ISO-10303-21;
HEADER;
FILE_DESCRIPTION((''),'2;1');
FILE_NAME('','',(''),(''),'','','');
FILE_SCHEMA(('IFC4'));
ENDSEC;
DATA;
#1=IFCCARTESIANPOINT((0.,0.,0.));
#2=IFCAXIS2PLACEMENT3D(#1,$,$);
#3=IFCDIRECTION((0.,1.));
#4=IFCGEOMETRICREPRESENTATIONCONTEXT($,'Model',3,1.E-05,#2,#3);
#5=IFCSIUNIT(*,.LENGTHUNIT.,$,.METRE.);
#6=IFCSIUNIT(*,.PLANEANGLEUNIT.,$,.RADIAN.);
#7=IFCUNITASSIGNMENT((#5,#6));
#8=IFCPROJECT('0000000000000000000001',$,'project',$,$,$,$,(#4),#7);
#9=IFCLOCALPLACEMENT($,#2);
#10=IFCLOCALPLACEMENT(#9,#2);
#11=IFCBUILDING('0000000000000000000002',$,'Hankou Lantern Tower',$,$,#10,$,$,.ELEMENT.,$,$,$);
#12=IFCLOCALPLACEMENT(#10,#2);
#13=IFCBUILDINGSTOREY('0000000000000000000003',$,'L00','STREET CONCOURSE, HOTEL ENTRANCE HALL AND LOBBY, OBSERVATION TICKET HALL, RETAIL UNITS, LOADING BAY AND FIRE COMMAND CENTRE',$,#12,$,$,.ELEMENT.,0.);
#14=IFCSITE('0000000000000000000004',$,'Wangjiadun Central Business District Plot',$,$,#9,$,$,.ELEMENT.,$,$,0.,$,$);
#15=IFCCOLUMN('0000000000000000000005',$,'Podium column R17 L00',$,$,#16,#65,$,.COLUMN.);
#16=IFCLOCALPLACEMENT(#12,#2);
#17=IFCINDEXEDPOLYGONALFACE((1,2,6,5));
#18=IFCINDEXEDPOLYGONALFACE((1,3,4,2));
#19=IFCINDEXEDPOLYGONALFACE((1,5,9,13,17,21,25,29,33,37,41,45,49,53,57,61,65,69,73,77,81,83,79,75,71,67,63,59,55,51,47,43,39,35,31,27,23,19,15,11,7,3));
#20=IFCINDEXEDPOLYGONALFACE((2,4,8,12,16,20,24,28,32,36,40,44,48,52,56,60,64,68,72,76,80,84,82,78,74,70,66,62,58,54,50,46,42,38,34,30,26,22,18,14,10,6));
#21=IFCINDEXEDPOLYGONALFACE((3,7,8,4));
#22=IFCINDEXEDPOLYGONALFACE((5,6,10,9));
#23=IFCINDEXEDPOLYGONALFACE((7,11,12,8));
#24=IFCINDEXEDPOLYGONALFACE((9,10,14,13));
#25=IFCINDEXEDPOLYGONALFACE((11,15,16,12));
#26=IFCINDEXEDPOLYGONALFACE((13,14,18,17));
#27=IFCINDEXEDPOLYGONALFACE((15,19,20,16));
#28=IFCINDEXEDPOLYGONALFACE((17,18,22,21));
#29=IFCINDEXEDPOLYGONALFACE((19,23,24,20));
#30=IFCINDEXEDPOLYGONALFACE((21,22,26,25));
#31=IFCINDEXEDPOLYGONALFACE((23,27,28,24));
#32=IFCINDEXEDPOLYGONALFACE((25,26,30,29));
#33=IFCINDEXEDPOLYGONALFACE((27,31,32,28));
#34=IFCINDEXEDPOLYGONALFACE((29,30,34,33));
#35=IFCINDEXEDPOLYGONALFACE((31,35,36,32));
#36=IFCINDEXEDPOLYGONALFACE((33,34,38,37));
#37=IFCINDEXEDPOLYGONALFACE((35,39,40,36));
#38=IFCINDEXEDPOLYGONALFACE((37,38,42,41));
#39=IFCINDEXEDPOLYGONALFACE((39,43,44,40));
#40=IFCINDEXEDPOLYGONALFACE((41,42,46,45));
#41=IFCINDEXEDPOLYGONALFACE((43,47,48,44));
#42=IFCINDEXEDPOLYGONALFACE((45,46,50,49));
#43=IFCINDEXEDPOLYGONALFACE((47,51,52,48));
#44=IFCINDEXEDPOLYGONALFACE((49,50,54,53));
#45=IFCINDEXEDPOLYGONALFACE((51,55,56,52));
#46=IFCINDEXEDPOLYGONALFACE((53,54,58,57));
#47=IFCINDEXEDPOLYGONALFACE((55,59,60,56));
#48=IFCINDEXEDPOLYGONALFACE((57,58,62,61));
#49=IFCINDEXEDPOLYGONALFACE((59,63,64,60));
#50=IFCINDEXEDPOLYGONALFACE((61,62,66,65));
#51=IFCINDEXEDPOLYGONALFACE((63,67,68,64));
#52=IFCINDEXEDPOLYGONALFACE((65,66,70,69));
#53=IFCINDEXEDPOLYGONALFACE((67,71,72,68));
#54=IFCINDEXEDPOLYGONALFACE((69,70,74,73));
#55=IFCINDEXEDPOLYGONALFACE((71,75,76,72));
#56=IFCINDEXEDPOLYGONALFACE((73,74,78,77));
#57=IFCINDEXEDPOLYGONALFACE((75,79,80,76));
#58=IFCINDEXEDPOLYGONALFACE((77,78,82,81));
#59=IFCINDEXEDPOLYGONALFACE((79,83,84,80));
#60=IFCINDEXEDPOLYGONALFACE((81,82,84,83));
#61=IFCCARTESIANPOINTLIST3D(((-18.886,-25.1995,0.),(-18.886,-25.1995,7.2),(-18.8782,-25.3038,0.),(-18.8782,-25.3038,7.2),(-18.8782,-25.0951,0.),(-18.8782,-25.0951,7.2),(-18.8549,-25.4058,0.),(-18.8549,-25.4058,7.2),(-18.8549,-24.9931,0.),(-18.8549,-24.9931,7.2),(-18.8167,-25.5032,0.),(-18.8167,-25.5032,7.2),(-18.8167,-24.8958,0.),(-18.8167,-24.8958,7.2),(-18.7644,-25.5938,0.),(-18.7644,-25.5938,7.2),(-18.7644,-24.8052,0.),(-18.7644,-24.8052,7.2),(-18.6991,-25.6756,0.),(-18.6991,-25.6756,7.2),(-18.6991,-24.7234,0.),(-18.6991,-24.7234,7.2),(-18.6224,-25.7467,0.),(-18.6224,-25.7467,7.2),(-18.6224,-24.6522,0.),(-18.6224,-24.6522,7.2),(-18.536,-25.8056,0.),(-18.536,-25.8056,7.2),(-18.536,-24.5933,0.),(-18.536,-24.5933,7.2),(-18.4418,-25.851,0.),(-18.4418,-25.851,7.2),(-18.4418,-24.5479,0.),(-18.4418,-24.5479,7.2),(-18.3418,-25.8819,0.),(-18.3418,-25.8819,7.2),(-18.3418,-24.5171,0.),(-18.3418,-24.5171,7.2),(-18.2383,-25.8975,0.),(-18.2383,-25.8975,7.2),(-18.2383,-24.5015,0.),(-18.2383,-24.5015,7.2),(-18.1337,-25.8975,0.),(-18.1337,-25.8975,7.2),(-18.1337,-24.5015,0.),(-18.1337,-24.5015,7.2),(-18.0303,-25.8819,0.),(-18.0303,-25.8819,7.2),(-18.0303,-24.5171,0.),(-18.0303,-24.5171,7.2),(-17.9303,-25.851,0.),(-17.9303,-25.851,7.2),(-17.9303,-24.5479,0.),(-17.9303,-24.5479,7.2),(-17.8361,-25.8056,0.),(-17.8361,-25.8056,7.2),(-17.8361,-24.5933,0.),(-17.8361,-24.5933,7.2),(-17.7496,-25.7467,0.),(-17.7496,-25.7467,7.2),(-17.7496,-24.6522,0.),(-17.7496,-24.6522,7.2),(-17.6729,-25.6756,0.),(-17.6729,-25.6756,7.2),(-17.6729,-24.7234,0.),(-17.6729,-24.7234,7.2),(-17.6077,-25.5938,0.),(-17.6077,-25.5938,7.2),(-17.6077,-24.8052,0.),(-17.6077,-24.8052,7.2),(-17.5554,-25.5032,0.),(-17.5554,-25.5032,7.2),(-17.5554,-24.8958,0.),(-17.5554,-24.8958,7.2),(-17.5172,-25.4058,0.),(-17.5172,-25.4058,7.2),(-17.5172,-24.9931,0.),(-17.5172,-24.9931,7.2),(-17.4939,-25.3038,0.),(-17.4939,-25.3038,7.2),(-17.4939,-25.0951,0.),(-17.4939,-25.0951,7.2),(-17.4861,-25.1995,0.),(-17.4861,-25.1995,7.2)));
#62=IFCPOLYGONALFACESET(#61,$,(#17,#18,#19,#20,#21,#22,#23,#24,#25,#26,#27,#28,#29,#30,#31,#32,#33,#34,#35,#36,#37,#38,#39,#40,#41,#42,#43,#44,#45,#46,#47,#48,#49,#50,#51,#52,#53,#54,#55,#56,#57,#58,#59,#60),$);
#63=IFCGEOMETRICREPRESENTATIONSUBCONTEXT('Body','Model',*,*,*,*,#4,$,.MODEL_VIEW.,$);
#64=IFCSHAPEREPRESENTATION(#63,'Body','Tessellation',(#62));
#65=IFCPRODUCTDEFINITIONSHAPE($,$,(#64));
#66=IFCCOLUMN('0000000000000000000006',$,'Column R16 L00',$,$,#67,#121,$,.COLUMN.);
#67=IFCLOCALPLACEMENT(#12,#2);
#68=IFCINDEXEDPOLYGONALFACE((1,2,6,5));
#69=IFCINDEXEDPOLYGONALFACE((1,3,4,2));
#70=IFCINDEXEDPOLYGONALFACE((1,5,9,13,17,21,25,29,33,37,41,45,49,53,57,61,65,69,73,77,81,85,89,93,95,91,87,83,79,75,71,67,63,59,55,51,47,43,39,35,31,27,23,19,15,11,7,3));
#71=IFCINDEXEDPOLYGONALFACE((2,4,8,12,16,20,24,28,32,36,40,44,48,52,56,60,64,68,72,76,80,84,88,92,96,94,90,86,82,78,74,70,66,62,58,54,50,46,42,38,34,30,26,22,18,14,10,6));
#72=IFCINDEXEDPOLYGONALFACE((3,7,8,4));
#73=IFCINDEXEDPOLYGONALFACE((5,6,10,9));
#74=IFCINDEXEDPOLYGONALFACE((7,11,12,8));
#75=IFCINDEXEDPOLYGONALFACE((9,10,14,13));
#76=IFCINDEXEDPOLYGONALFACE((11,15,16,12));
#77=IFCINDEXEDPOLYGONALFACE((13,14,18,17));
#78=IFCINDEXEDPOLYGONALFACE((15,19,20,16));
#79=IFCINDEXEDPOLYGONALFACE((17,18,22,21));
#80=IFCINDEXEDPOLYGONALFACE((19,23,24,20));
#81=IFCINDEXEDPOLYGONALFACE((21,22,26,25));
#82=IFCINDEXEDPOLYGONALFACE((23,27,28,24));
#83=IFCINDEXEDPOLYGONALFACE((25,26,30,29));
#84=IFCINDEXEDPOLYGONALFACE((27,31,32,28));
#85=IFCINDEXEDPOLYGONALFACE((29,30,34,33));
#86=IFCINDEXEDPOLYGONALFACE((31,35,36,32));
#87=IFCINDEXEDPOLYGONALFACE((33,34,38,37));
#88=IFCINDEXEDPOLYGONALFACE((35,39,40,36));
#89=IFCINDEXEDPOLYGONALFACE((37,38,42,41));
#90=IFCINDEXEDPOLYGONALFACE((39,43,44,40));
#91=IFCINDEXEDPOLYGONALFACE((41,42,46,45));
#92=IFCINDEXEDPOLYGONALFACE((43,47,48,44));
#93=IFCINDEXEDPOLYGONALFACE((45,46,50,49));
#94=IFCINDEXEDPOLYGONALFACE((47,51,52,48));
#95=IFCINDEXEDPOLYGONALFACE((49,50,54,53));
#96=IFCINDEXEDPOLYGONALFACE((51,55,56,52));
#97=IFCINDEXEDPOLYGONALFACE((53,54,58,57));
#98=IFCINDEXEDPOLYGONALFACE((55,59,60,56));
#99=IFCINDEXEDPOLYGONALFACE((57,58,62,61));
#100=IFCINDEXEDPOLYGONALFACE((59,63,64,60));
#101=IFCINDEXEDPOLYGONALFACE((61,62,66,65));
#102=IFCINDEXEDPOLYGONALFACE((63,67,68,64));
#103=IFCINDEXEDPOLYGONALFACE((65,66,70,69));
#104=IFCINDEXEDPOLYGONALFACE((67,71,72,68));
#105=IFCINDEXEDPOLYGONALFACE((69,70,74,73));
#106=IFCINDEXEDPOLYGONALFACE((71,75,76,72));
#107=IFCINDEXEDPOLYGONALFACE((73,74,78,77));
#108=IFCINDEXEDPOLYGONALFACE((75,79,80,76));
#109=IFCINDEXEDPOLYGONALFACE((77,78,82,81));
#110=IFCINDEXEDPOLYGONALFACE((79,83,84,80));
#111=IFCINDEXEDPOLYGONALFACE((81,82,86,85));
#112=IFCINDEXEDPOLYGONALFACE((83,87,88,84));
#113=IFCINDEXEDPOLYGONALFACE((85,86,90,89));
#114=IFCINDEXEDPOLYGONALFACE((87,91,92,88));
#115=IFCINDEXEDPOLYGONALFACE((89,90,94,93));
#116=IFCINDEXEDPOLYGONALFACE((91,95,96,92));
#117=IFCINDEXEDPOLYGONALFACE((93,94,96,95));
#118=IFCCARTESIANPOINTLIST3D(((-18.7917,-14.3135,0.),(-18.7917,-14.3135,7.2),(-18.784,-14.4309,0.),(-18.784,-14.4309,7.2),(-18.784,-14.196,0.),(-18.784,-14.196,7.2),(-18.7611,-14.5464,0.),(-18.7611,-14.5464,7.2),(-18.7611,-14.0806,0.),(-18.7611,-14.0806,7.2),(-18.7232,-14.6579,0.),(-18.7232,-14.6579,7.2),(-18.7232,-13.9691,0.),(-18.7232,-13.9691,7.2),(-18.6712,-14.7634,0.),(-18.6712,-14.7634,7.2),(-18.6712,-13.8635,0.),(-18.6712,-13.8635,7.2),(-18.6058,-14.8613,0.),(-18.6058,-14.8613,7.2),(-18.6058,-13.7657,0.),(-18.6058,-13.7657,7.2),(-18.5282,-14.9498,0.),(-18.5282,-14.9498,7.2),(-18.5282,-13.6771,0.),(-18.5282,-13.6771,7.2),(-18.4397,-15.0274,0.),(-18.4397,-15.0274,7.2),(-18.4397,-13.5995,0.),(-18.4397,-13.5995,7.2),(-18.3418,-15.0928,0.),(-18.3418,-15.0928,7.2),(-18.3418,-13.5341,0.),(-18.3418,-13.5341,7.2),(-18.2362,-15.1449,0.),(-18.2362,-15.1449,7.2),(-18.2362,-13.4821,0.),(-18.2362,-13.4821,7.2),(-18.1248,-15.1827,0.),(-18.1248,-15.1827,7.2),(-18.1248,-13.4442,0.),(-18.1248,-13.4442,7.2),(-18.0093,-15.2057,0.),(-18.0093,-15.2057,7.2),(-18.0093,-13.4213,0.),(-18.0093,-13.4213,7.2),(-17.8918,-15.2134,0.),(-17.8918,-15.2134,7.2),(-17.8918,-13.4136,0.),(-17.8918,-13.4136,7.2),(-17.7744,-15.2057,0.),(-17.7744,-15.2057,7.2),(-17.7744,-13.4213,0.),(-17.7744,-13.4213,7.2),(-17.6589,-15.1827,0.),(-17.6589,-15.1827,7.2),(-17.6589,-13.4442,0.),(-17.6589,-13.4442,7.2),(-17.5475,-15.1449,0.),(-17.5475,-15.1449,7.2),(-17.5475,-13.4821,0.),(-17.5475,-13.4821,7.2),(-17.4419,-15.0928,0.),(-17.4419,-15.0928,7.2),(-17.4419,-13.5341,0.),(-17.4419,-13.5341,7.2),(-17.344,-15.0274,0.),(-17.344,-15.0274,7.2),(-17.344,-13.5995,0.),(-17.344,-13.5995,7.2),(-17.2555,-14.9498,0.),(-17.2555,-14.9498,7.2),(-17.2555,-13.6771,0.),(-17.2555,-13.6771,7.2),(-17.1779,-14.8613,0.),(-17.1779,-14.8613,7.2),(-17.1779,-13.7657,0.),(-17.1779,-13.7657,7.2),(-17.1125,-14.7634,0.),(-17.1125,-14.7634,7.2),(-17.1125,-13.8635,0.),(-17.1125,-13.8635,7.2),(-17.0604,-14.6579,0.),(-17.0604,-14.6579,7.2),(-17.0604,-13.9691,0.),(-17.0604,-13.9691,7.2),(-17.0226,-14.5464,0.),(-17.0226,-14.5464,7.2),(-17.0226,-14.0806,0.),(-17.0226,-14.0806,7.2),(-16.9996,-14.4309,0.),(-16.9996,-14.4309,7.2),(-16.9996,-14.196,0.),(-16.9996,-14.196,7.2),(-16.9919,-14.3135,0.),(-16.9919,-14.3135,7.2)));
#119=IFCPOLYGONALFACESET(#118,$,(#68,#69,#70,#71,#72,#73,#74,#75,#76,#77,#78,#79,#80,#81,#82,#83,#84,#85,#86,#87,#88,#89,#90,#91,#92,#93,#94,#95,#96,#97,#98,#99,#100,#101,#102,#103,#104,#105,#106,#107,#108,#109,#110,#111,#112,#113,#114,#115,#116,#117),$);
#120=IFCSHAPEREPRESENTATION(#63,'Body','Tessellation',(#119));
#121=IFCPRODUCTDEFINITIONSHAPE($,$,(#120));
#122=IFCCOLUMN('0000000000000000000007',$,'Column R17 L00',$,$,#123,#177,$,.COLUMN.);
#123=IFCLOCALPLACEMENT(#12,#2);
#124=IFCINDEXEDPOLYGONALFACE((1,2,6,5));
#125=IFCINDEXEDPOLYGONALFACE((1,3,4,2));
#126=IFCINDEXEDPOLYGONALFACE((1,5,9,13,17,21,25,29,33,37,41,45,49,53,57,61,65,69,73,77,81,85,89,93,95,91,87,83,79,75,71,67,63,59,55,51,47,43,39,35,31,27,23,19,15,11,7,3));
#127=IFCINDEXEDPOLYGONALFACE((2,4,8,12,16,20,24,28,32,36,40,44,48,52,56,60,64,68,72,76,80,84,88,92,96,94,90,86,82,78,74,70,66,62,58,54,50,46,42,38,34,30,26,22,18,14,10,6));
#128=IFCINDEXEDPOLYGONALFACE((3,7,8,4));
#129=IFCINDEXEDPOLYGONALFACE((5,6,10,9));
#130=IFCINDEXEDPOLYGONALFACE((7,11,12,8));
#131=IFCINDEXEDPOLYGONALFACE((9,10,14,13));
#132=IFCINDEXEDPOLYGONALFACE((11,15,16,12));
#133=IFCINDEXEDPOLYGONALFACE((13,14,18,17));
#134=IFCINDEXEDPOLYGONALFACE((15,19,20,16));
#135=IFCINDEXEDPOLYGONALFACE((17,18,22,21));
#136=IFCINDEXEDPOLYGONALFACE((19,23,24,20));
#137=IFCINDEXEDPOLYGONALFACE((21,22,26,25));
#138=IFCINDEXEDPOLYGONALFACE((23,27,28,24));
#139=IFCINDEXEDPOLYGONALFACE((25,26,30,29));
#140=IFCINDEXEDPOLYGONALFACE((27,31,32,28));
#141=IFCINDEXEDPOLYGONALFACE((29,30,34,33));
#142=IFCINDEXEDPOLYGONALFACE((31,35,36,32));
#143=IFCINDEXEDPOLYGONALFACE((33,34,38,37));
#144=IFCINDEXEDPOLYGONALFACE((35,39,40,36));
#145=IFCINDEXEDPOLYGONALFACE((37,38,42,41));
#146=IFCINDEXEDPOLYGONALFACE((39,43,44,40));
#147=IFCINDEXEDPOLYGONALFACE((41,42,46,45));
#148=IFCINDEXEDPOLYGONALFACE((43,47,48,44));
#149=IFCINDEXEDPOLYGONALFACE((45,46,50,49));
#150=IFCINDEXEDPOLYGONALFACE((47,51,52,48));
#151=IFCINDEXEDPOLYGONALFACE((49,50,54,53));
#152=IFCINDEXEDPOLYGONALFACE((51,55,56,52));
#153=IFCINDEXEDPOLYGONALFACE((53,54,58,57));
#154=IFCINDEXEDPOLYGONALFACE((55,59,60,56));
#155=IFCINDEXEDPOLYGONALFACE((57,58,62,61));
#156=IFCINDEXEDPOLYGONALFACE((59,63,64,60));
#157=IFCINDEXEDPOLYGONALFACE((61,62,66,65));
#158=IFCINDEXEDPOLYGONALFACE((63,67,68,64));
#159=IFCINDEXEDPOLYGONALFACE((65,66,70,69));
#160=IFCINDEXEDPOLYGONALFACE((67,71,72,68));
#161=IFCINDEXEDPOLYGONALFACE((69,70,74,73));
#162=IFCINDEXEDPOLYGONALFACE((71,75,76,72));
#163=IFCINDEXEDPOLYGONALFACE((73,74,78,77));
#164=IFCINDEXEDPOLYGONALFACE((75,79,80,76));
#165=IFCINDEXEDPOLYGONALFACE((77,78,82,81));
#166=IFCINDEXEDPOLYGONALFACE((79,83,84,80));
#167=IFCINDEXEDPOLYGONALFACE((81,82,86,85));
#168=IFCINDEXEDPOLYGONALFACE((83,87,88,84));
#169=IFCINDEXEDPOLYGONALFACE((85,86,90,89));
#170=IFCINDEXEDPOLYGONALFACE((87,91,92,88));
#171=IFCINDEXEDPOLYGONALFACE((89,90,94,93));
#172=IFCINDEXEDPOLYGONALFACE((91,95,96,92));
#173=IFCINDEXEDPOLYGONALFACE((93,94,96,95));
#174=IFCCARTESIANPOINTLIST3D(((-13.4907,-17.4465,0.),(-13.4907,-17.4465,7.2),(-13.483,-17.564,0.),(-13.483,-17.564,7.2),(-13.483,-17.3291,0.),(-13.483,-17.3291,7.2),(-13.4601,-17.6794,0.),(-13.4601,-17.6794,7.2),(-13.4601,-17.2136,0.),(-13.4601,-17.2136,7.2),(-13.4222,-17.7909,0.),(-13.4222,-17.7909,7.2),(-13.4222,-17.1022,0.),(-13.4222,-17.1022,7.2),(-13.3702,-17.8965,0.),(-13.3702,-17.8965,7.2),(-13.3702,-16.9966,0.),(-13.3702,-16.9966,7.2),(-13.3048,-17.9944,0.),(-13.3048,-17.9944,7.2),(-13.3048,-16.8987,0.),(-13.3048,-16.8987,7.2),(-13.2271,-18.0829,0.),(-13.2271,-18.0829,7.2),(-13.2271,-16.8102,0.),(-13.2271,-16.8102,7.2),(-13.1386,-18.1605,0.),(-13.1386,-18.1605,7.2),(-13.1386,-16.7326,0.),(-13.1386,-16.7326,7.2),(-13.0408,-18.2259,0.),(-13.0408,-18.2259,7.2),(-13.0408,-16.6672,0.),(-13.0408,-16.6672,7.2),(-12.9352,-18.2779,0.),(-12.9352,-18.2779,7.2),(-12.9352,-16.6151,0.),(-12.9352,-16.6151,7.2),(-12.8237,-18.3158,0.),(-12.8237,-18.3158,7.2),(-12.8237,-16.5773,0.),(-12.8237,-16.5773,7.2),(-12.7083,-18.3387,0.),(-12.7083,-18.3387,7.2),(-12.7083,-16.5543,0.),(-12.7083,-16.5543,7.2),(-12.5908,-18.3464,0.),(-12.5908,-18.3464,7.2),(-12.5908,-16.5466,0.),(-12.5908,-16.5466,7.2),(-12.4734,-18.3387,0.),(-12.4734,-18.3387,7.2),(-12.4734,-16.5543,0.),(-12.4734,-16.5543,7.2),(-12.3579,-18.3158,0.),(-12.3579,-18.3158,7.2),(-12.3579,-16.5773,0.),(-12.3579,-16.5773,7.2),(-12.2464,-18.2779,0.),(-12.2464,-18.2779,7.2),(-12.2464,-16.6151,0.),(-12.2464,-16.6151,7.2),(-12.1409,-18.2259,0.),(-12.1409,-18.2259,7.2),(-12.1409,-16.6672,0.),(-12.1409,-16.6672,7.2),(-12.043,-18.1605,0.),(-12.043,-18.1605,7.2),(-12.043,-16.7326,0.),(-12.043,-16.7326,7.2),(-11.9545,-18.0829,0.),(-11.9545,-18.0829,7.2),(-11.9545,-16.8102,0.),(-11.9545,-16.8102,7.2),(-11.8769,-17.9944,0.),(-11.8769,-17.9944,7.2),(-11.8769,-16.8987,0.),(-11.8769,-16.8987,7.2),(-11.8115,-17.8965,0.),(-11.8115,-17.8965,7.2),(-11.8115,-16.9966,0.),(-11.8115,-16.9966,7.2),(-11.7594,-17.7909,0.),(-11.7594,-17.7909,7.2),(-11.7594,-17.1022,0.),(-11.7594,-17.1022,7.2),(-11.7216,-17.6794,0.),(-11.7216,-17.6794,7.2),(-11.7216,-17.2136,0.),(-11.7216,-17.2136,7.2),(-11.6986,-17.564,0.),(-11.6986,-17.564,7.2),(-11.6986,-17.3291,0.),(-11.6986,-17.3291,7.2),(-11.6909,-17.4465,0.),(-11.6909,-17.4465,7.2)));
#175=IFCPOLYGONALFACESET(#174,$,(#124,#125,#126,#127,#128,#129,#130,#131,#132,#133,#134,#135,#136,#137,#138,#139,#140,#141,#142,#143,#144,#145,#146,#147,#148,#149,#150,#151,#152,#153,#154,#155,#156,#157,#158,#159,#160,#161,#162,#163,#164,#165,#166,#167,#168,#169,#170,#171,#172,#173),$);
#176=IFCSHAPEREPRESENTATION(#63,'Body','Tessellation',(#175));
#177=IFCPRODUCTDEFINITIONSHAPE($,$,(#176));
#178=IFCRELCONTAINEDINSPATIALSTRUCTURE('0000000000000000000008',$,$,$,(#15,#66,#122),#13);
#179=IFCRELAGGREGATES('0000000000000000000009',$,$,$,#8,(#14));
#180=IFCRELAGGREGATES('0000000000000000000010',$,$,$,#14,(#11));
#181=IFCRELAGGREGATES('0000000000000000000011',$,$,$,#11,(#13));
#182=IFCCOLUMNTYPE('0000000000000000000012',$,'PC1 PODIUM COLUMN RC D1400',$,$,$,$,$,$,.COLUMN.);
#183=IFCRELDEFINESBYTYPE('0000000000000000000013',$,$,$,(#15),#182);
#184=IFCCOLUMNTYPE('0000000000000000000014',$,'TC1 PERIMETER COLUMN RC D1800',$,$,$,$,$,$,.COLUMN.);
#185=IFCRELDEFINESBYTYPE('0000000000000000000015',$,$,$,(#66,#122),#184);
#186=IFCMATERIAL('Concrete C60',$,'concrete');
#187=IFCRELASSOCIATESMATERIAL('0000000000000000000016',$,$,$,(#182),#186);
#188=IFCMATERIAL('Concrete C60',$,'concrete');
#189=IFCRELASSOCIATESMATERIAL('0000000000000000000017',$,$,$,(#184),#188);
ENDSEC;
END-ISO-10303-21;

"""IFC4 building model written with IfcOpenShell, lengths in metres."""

from ifc_helpers import new_model, si_unit, direction, frame, origin, origin_2d, place, context, subcontext, project, spatial, circle, extrude, material, material_profile, profile_set, type_object, element, save


model = new_model("IFC4")

# Units and contexts
model_context = context("Model", 3, precision=1e-05, world=origin(), true_north=direction((0.0, 1.0)))
body_context = subcontext(model_context, "Body", "Model", "MODEL_VIEW")
ifc_project = project(units=[si_unit("LENGTHUNIT", "METRE"), si_unit("PLANEANGLEUNIT", "RADIAN")], contexts=[model_context])

# Site, building, storey
site_placement = place(None, origin())
site = spatial("IfcSite", under=ifc_project, at=site_placement, Name="Wangjiadun Central Business District Plot", CompositionType="ELEMENT", RefElevation=0.0)
building_placement = place(site_placement, origin())
building = spatial("IfcBuilding", under=site, at=building_placement, Name="Hankou Lantern Tower", CompositionType="ELEMENT")
storey_placement = place(building_placement, origin())
storey = spatial("IfcBuildingStorey", under=building, at=storey_placement, Name="L00", Description="STREET CONCOURSE, HOTEL ENTRANCE HALL AND LOBBY, OBSERVATION TICKET HALL, RETAIL UNITS, LOADING BAY AND FIRE COMMAND CENTRE", CompositionType="ELEMENT", Elevation=0.0)

# Columns
ifc_material_1 = material(Name="Concrete C60", Category="concrete")
ifc_material_profile_1 = material_profile(ifc_material_1, circle(Radius=0.7, at=origin_2d()), Name="RC D1400")
ifc_profile_set_1 = profile_set([ifc_material_profile_1], Name="Concrete C60")
column_type_1 = type_object("IfcColumnType", Name="PC1 PODIUM COLUMN RC D1400", PredefinedType="COLUMN", material=ifc_profile_set_1)
column_placement = place(storey_placement, frame((-18.186, -25.1995, 0.0), z_axis=(0.0, 0.0, 1.0), x_axis=(1.0, 0.0, 0.0)))
element("IfcColumn", 1, at=column_placement, inside=storey, type_object=column_type_1, Name="Podium column R17 L00", PredefinedType="COLUMN", context=body_context, shape_type="SweptSolid", body=[
    extrude(circle(Radius=0.7, at=origin_2d()), origin(), (0.0, 0.0, 1.0), 7.2),
])
ifc_material_2 = material(Name="Concrete C60", Category="concrete")
ifc_material_profile_2 = material_profile(ifc_material_2, circle(Radius=0.8999, at=origin_2d()), Name="RC D1800")
ifc_profile_set_2 = profile_set([ifc_material_profile_2], Name="Concrete C60")
column_type_2 = type_object("IfcColumnType", Name="TC1 PERIMETER COLUMN RC D1800", PredefinedType="COLUMN", material=ifc_profile_set_2)
for number, where, z_axis, x_axis, name in (
    (2, (-17.8918, -14.3135, 0.0), (0.0, 0.0, 1.0), (1.0, 0.0, 0.0), "Column R16 L00"),
    (3, (-12.5908, -17.4465, 0.0), (0.0, 0.0, 1.0), (1.0, 0.0, 0.0), "Column R17 L00"),
):
    element("IfcColumn", number, at=place(storey_placement, frame(where, z_axis=z_axis, x_axis=x_axis)), inside=storey, type_object=column_type_2, Name=name, PredefinedType="COLUMN", context=body_context, shape_type="SweptSolid", body=[
        extrude(circle(Radius=0.8999, at=origin_2d()), origin(), (0.0, 0.0, 1.0), 7.2),
    ])

save(model, "model.ifc")
